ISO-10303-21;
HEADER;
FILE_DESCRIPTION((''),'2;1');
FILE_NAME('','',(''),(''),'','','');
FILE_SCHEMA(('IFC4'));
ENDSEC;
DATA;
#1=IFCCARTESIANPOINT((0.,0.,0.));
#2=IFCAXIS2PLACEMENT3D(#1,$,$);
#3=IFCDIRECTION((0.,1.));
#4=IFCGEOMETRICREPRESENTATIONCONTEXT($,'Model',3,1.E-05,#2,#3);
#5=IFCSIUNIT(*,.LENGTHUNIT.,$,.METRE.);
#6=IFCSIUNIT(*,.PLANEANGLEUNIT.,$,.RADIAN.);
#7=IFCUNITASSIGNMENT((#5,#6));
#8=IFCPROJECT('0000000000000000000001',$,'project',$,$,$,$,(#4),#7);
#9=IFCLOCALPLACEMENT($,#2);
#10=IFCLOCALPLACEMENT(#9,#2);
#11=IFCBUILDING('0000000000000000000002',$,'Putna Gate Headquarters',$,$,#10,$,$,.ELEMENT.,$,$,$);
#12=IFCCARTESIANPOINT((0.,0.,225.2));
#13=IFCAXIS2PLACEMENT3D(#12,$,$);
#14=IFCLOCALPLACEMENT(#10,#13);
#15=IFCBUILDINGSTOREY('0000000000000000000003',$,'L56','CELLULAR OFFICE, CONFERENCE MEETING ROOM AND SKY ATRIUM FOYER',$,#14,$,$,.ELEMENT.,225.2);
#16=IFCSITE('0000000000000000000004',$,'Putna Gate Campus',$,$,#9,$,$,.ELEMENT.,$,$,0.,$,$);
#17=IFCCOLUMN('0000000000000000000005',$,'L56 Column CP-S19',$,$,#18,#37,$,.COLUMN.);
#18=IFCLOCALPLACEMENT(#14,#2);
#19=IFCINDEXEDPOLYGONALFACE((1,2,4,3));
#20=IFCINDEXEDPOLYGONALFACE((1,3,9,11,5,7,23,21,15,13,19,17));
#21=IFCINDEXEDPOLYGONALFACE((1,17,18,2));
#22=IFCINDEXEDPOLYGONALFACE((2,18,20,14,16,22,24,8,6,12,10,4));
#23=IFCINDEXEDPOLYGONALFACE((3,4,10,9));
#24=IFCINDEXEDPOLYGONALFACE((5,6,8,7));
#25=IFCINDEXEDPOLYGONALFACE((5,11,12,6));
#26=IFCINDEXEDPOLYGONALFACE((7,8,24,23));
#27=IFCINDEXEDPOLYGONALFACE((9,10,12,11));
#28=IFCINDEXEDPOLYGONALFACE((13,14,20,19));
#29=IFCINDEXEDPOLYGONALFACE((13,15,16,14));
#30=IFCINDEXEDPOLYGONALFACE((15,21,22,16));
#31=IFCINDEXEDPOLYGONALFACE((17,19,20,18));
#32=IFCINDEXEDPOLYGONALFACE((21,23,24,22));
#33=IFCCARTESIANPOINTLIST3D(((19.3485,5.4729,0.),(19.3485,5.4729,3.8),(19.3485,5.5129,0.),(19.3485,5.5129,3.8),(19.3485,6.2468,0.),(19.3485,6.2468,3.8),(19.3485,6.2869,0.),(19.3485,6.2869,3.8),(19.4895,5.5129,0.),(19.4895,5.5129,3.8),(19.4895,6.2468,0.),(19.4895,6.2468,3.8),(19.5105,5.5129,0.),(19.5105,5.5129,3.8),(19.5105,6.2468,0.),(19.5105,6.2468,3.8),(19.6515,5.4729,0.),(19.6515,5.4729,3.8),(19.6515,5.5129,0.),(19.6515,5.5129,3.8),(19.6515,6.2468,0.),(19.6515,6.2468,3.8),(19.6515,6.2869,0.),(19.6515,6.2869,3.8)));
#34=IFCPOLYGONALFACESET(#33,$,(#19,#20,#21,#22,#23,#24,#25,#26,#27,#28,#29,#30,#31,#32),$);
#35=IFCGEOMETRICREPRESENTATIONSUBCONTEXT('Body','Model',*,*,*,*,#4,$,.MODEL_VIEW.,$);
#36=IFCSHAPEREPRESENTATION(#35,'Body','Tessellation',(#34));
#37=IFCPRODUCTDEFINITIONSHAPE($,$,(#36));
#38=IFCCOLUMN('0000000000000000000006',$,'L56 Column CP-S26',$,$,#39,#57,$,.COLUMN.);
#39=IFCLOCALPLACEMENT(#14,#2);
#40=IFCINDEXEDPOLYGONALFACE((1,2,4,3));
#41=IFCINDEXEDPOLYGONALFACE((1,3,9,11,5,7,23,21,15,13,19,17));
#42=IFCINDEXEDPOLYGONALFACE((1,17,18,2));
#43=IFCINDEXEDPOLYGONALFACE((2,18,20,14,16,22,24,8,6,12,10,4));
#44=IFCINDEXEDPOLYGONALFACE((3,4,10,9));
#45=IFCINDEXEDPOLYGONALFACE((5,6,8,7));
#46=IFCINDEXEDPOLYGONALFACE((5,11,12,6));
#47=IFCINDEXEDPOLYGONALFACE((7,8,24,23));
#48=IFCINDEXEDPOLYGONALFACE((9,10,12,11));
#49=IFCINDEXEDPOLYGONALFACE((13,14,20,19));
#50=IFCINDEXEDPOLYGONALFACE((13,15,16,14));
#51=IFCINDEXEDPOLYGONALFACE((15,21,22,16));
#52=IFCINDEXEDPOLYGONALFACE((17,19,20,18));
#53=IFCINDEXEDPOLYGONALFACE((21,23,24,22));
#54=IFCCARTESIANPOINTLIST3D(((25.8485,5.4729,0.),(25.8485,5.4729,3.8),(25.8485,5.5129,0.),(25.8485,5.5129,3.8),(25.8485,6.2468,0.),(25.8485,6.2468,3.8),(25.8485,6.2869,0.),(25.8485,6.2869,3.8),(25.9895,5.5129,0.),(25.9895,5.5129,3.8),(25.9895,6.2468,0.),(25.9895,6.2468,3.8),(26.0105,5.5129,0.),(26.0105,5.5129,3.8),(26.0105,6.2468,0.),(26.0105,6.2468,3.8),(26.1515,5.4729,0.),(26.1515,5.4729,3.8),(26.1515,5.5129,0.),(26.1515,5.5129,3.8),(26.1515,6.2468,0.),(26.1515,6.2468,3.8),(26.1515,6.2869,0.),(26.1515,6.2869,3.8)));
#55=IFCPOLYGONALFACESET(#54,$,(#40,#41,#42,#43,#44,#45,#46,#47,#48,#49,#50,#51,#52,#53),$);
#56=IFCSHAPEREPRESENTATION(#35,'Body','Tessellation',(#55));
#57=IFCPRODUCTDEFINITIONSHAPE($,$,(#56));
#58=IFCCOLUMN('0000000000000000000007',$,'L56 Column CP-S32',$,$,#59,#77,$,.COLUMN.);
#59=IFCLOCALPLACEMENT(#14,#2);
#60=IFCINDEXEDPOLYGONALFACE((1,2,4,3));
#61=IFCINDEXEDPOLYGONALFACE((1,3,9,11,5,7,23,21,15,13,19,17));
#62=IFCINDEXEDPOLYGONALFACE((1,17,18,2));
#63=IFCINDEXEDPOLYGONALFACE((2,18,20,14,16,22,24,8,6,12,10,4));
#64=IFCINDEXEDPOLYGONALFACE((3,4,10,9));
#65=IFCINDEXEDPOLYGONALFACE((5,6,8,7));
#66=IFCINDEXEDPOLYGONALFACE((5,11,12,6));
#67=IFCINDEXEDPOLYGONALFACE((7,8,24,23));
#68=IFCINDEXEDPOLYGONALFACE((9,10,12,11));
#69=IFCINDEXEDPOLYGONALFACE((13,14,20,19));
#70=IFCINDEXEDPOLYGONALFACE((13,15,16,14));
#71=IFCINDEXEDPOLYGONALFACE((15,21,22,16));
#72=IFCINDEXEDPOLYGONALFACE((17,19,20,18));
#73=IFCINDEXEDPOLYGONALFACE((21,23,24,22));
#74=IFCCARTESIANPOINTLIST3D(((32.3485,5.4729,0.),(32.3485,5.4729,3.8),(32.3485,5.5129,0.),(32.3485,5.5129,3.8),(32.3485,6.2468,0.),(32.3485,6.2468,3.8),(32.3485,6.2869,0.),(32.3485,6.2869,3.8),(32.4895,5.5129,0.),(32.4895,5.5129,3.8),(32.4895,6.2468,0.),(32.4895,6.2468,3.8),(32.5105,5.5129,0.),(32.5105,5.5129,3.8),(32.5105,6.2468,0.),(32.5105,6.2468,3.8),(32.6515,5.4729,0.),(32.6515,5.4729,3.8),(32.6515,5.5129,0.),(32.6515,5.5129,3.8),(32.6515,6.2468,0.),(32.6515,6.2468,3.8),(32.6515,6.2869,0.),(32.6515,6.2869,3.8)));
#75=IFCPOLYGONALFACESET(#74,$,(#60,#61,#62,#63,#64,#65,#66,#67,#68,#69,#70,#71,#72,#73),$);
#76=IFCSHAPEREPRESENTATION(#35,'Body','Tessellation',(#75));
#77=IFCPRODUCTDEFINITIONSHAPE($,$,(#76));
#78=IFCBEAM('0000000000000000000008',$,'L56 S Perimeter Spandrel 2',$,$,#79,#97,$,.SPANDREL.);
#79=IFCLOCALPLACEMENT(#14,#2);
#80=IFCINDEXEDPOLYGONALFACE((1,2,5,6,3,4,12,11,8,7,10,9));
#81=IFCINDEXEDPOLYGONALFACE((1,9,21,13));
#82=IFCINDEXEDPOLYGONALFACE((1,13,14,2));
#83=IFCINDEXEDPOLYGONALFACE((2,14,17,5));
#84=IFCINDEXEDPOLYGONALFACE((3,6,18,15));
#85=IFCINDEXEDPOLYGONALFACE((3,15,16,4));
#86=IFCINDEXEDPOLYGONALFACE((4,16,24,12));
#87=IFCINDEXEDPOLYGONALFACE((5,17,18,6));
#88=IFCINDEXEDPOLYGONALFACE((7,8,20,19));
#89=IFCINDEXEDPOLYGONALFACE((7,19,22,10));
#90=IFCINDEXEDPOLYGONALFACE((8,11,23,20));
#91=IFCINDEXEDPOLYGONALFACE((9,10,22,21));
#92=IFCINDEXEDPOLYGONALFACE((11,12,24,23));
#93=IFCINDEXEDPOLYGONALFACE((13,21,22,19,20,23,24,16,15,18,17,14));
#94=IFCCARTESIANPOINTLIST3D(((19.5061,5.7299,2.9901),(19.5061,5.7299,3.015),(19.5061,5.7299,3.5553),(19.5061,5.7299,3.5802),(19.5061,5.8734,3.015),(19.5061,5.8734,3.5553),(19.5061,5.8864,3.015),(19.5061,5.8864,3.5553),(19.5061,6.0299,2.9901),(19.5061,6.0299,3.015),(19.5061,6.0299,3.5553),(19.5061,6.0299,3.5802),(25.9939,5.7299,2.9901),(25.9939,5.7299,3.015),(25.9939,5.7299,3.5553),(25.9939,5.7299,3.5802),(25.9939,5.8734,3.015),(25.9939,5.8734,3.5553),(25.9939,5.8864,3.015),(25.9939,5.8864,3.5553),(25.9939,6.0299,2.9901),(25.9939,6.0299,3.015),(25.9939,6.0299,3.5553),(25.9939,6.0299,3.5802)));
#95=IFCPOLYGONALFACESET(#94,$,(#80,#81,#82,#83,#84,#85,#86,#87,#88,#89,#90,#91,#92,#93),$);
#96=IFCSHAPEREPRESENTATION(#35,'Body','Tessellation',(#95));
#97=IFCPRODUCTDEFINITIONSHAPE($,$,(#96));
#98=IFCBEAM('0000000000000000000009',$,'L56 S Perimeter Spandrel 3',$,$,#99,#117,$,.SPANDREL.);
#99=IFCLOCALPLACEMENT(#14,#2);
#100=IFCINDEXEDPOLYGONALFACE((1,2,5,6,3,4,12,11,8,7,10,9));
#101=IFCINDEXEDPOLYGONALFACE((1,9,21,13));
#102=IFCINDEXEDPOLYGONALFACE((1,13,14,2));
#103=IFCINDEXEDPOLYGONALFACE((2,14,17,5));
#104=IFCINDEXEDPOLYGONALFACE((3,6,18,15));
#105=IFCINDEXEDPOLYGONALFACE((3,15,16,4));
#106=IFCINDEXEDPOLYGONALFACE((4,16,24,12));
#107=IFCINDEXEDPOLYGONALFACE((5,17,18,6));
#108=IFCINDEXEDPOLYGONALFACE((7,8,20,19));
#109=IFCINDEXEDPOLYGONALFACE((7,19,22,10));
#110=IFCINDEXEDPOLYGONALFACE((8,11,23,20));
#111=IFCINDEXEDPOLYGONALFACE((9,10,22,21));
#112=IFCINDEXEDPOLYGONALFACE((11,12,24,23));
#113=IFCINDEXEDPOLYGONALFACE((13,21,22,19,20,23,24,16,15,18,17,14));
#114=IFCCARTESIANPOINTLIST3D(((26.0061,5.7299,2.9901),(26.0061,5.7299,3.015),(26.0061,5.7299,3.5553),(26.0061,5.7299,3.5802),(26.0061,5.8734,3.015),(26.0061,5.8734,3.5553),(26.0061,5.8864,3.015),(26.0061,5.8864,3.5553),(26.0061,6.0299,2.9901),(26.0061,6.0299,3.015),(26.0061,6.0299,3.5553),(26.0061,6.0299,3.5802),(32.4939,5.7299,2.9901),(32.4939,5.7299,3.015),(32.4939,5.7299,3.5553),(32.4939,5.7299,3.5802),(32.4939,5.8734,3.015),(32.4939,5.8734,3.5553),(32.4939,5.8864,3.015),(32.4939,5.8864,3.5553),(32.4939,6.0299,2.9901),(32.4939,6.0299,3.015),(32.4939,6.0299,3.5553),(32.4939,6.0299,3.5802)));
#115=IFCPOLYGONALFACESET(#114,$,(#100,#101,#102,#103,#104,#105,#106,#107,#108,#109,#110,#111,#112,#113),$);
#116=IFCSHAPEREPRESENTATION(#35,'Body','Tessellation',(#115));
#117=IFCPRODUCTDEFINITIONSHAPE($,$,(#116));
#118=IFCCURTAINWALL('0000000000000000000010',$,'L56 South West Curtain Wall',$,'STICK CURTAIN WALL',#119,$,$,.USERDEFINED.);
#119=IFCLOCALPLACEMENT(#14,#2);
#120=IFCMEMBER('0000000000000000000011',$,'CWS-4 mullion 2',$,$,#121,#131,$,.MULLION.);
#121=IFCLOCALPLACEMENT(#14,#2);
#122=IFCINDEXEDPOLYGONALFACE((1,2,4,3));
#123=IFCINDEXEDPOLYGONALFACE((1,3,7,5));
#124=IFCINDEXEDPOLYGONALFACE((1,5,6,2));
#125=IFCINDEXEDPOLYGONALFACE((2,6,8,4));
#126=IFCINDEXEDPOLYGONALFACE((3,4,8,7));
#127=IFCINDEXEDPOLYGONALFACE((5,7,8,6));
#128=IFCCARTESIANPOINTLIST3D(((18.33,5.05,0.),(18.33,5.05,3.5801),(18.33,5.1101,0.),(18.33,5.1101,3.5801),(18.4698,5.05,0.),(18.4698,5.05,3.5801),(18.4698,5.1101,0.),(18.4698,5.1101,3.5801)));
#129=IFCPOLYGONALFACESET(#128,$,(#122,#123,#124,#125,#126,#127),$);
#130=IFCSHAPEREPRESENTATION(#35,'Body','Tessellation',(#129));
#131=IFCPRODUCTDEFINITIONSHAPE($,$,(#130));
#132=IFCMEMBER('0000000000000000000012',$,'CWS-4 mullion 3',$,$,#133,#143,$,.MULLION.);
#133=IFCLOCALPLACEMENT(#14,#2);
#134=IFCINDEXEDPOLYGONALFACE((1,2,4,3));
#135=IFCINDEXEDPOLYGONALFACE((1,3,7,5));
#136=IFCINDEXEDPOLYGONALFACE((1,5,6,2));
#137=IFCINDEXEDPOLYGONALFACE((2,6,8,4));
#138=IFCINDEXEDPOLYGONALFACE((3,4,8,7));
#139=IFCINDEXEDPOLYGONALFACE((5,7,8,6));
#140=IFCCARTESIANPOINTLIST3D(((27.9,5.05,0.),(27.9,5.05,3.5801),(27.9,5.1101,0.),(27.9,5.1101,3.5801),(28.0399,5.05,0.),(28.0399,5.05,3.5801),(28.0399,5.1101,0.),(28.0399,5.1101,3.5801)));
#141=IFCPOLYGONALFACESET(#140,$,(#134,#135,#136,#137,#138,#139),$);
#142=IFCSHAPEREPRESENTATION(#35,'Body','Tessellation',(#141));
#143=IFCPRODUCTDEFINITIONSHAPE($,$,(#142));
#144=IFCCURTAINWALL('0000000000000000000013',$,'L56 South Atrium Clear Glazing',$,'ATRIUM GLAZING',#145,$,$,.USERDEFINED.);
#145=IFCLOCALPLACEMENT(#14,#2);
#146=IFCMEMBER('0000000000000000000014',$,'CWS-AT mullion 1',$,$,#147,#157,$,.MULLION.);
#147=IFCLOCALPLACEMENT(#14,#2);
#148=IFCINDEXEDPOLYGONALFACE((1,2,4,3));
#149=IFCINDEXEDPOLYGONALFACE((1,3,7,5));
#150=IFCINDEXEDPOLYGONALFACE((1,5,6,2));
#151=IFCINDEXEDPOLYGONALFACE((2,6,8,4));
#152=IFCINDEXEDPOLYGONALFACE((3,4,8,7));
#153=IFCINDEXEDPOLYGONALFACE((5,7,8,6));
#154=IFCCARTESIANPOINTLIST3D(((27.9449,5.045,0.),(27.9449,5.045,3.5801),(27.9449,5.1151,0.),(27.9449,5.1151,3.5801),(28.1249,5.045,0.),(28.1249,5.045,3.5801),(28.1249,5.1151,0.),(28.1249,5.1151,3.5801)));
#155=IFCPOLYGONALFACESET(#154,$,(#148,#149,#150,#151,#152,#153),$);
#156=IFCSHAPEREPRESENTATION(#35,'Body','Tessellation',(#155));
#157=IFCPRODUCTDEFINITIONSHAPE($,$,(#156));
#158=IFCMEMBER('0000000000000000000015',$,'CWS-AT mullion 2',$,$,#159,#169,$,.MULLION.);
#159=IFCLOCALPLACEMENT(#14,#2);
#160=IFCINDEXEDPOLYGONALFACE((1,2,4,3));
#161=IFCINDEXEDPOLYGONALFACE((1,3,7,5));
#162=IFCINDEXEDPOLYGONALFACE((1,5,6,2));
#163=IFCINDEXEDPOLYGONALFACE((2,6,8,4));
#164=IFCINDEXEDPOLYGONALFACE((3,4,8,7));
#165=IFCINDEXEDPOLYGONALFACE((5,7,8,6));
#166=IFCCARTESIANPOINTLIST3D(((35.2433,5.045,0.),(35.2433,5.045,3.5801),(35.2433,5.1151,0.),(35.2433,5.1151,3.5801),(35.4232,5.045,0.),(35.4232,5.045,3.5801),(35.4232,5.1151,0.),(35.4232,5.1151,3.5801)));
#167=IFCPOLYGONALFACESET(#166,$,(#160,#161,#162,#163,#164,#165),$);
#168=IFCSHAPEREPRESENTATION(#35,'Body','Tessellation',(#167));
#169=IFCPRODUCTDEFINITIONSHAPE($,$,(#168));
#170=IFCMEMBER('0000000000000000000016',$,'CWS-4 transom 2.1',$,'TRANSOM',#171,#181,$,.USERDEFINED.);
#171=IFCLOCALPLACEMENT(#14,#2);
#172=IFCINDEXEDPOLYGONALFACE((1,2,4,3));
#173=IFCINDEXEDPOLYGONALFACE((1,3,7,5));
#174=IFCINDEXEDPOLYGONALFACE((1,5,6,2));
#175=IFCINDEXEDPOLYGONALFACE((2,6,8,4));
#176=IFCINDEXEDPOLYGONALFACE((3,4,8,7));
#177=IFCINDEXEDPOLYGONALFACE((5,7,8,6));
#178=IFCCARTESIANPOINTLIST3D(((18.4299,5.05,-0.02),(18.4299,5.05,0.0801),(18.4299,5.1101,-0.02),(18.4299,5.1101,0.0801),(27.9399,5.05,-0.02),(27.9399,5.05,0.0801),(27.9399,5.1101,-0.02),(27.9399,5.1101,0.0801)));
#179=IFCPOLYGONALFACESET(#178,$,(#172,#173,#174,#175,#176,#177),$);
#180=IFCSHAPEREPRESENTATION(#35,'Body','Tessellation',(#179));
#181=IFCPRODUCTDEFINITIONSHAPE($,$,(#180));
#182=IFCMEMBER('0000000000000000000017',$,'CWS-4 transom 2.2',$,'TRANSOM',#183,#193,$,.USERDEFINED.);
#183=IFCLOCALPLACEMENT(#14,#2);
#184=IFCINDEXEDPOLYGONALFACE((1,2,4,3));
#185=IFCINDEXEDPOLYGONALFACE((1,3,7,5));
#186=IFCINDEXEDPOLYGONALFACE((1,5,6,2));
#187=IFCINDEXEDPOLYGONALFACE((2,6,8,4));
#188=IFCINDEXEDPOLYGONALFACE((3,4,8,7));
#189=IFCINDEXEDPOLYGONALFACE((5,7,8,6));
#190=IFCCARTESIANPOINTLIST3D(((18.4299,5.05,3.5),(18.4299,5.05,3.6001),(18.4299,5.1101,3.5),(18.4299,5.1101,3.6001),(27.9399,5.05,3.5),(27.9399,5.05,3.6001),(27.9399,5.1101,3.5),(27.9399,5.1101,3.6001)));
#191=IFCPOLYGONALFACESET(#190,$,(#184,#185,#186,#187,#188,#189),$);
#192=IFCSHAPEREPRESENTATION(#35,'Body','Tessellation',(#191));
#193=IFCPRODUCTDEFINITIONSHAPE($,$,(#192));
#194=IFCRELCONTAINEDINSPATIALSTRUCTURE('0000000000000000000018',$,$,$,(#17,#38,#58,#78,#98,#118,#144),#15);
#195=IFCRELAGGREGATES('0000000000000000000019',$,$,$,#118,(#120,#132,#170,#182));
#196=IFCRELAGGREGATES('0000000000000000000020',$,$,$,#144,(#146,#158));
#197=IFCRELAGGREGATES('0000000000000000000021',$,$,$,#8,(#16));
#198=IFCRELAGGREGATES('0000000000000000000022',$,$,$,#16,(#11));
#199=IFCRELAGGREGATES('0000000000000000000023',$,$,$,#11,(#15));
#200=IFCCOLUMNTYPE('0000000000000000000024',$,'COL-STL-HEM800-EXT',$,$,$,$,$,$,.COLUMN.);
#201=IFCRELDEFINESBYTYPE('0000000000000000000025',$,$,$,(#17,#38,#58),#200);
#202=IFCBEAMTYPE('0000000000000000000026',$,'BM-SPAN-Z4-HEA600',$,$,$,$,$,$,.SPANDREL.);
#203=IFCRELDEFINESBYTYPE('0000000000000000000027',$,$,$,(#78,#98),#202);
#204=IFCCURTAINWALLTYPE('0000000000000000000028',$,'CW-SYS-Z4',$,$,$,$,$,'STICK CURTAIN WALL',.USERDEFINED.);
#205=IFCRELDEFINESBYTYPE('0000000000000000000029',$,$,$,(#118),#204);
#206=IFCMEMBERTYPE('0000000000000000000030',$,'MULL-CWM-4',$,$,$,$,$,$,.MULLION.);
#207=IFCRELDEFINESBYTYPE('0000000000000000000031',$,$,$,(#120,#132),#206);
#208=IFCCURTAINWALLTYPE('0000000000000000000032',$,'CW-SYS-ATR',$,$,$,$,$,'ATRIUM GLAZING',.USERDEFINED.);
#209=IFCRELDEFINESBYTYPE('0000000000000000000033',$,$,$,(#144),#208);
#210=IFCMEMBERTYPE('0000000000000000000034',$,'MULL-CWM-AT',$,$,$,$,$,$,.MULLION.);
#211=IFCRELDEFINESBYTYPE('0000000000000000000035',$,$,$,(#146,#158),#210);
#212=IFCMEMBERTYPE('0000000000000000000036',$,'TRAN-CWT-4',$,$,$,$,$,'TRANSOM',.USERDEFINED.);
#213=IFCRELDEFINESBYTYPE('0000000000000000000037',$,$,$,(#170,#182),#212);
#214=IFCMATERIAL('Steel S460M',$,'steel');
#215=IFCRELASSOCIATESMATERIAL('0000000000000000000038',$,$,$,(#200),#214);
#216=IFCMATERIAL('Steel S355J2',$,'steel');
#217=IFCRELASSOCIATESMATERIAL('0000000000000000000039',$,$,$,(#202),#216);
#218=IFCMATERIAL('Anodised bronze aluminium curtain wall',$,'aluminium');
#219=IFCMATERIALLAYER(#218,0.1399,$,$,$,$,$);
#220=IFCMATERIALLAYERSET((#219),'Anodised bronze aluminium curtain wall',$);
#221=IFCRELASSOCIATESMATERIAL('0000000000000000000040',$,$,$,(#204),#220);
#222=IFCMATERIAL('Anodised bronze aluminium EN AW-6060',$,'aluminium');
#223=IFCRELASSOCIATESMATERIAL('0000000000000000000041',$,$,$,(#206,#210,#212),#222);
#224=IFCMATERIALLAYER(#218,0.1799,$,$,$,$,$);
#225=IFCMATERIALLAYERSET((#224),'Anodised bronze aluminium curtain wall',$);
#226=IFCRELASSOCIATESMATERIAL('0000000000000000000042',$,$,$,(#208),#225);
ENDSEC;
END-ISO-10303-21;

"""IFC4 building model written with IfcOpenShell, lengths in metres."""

from ifc_helpers import new_model, si_unit, direction, frame, origin, origin_2d, place, context, subcontext, project, spatial, rectangle, i_section, extrude, material, layer, layer_set, material_profile, profile_set, type_object, element, aggregate, save


model = new_model("IFC4")

# Units and contexts
model_context = context("Model", 3, precision=1e-05, world=origin(), true_north=direction((0.0, 1.0)))
body_context = subcontext(model_context, "Body", "Model", "MODEL_VIEW")
ifc_project = project(units=[si_unit("LENGTHUNIT", "METRE"), si_unit("PLANEANGLEUNIT", "RADIAN")], contexts=[model_context])

# Site, building, storey
site_placement = place(None, origin())
site = spatial("IfcSite", under=ifc_project, at=site_placement, Name="Putna Gate Campus", CompositionType="ELEMENT", RefElevation=0.0)
building_placement = place(site_placement, origin())
building = spatial("IfcBuilding", under=site, at=building_placement, Name="Putna Gate Headquarters", CompositionType="ELEMENT")
storey_placement = place(building_placement, frame((0.0, 0.0, 225.2)))
storey = spatial("IfcBuildingStorey", under=building, at=storey_placement, Name="L56", Description="CELLULAR OFFICE, CONFERENCE MEETING ROOM AND SKY ATRIUM FOYER", CompositionType="ELEMENT", Elevation=225.2)

# Columns
ifc_material_1 = material(Name="Steel S460M", Category="steel")
ifc_material_profile_1 = material_profile(ifc_material_1, i_section(OverallWidth=0.303, OverallDepth=0.814, WebThickness=0.021, FlangeThickness=0.04, at=origin_2d()), Name="Steel S460M")
ifc_profile_set_1 = profile_set([ifc_material_profile_1], Name="Steel S460M")
column_type = type_object("IfcColumnType", Name="COL-STL-HEM800-EXT", PredefinedType="COLUMN", material=ifc_profile_set_1)
for number, where, z_axis, x_axis, name in (
    (1, (19.5, 5.8799, 0.0), (0.0, 0.0, 1.0), (1.0, 0.0, 0.0), "L56 Column CP-S19"),
    (2, (26.0, 5.8799, 0.0), (0.0, 0.0, 1.0), (1.0, 0.0, 0.0), "L56 Column CP-S26"),
    (3, (32.5, 5.8799, 0.0), (0.0, 0.0, 1.0), (1.0, 0.0, 0.0), "L56 Column CP-S32"),
):
    element("IfcColumn", number, at=place(storey_placement, frame(where, z_axis=z_axis, x_axis=x_axis)), inside=storey, type_object=column_type, Name=name, PredefinedType="COLUMN", context=body_context, shape_type="SweptSolid", body=[
        extrude(i_section(OverallWidth=0.303, OverallDepth=0.814, WebThickness=0.021, FlangeThickness=0.04, at=origin_2d()), origin(), (0.0, 0.0, 1.0), 3.8),
    ])

# Beams
ifc_material_2 = material(Name="Steel S355J2", Category="steel")
ifc_material_profile_2 = material_profile(ifc_material_2, i_section(OverallWidth=0.3, OverallDepth=0.5901, WebThickness=0.0129, FlangeThickness=0.0249, at=origin_2d()), Name="Steel S355J2")
ifc_profile_set_2 = profile_set([ifc_material_profile_2], Name="Steel S355J2")
beam_type = type_object("IfcBeamType", Name="BM-SPAN-Z4-HEA600", PredefinedType="SPANDREL", material=ifc_profile_set_2)
for number, where, z_axis, x_axis, name in (
    (4, (19.5061, 5.8799, 3.2852), (1.0, 0.0, 0.0), (0.0, 1.0, 0.0), "L56 S Perimeter Spandrel 2"),
    (5, (26.0061, 5.8799, 3.2852), (1.0, 0.0, 0.0), (0.0, 1.0, 0.0), "L56 S Perimeter Spandrel 3"),
):
    element("IfcBeam", number, at=place(storey_placement, frame(where, z_axis=z_axis, x_axis=x_axis)), inside=storey, type_object=beam_type, Name=name, PredefinedType="SPANDREL", context=body_context, shape_type="SweptSolid", body=[
        extrude(i_section(OverallWidth=0.3, OverallDepth=0.5901, WebThickness=0.0129, FlangeThickness=0.0249, at=origin_2d()), origin(), (0.0, 0.0, 1.0), 6.4878),
    ])

# Curtain walls, members
ifc_material_3 = material(Name="Anodised bronze aluminium curtain wall", Category="aluminium")
ifc_layer_1 = layer(ifc_material_3, 0.1399)
ifc_layer_set_1 = layer_set([ifc_layer_1], Name="Anodised bronze aluminium curtain wall")
curtain_wall_type_1 = type_object("IfcCurtainWallType", Name="CW-SYS-Z4", ElementType="STICK CURTAIN WALL", PredefinedType="USERDEFINED", material=ifc_layer_set_1)
curtain_wall_1_placement = place(storey_placement, origin())
curtain_wall_1 = element("IfcCurtainWall", 6, at=curtain_wall_1_placement, inside=storey, type_object=curtain_wall_type_1, Name="L56 South West Curtain Wall", ObjectType="STICK CURTAIN WALL", PredefinedType="USERDEFINED")
ifc_material_4 = material(Name="Anodised bronze aluminium EN AW-6060", Category="aluminium")
ifc_material_profile_3 = material_profile(ifc_material_4, rectangle(XDim=0.0601, YDim=0.1399, at=origin_2d()), Name="Anodised bronze aluminium EN AW-6060")
ifc_profile_set_3 = profile_set([ifc_material_profile_3], Name="Anodised bronze aluminium EN AW-6060")
member_type_1 = type_object("IfcMemberType", Name="MULL-CWM-4", PredefinedType="MULLION", material=ifc_profile_set_3)
member_1_placement = place(storey_placement, frame((18.3999, 5.0801, 0.0), z_axis=(0.0, 0.0, 1.0), x_axis=(0.0, 1.0, 0.0)))
member_1 = element("IfcMember", 7, at=member_1_placement, type_object=member_type_1, Name="CWS-4 mullion 2", PredefinedType="MULLION", context=body_context, shape_type="SweptSolid", body=[
    extrude(rectangle(XDim=0.0601, YDim=0.1399, at=origin_2d()), origin(), (0.0, 0.0, 1.0), 3.5801),
])
member_2_placement = place(storey_placement, frame((27.97, 5.0801, 0.0), z_axis=(0.0, 0.0, 1.0), x_axis=(0.0, 1.0, 0.0)))
member_2 = element("IfcMember", 8, at=member_2_placement, type_object=member_type_1, Name="CWS-4 mullion 3", PredefinedType="MULLION", context=body_context, shape_type="SweptSolid", body=[
    extrude(rectangle(XDim=0.0601, YDim=0.1399, at=origin_2d()), origin(), (0.0, 0.0, 1.0), 3.5801),
])
ifc_layer_2 = layer(ifc_material_3, 0.1799)
ifc_layer_set_2 = layer_set([ifc_layer_2], Name="Anodised bronze aluminium curtain wall")
curtain_wall_type_2 = type_object("IfcCurtainWallType", Name="CW-SYS-ATR", ElementType="ATRIUM GLAZING", PredefinedType="USERDEFINED", material=ifc_layer_set_2)
curtain_wall_2_placement = place(storey_placement, origin())
curtain_wall_2 = element("IfcCurtainWall", 9, at=curtain_wall_2_placement, inside=storey, type_object=curtain_wall_type_2, Name="L56 South Atrium Clear Glazing", ObjectType="ATRIUM GLAZING", PredefinedType="USERDEFINED")
ifc_material_profile_4 = material_profile(ifc_material_4, rectangle(XDim=0.0701, YDim=0.1799, at=origin_2d()), Name="Anodised bronze aluminium EN AW-6060")
ifc_profile_set_4 = profile_set([ifc_material_profile_4], Name="Anodised bronze aluminium EN AW-6060")
member_type_2 = type_object("IfcMemberType", Name="MULL-CWM-AT", PredefinedType="MULLION", material=ifc_profile_set_4)
member_3_placement = place(storey_placement, frame((28.0349, 5.0801, 0.0), z_axis=(0.0, 0.0, 1.0), x_axis=(0.0, 1.0, 0.0)))
member_3 = element("IfcMember", 10, at=member_3_placement, type_object=member_type_2, Name="CWS-AT mullion 1", PredefinedType="MULLION", context=body_context, shape_type="SweptSolid", body=[
    extrude(rectangle(XDim=0.0701, YDim=0.1799, at=origin_2d()), origin(), (0.0, 0.0, 1.0), 3.5801),
])
member_4_placement = place(storey_placement, frame((35.3333, 5.0801, 0.0), z_axis=(0.0, 0.0, 1.0), x_axis=(0.0, 1.0, 0.0)))
member_4 = element("IfcMember", 11, at=member_4_placement, type_object=member_type_2, Name="CWS-AT mullion 2", PredefinedType="MULLION", context=body_context, shape_type="SweptSolid", body=[
    extrude(rectangle(XDim=0.0701, YDim=0.1799, at=origin_2d()), origin(), (0.0, 0.0, 1.0), 3.5801),
])

# Members
ifc_material_profile_5 = material_profile(ifc_material_4, rectangle(XDim=0.0601, YDim=0.1001, at=origin_2d()), Name="Anodised bronze aluminium EN AW-6060")
ifc_profile_set_5 = profile_set([ifc_material_profile_5], Name="Anodised bronze aluminium EN AW-6060")
member_type_3 = type_object("IfcMemberType", Name="TRAN-CWT-4", ElementType="TRANSOM", PredefinedType="USERDEFINED", material=ifc_profile_set_5)
member_5_placement = place(storey_placement, frame((18.4299, 5.0801, 0.03), z_axis=(1.0, 0.0, 0.0), x_axis=(0.0, 1.0, 0.0)))
member_5 = element("IfcMember", 12, at=member_5_placement, type_object=member_type_3, Name="CWS-4 transom 2.1", ObjectType="TRANSOM", PredefinedType="USERDEFINED", context=body_context, shape_type="SweptSolid", body=[
    extrude(rectangle(XDim=0.0601, YDim=0.1001, at=origin_2d()), origin(), (0.0, 0.0, 1.0), 9.51),
])
member_6_placement = place(storey_placement, frame((18.4299, 5.0801, 3.55), z_axis=(1.0, 0.0, 0.0), x_axis=(0.0, 1.0, 0.0)))
member_6 = element("IfcMember", 13, at=member_6_placement, type_object=member_type_3, Name="CWS-4 transom 2.2", ObjectType="TRANSOM", PredefinedType="USERDEFINED", context=body_context, shape_type="SweptSolid", body=[
    extrude(rectangle(XDim=0.0601, YDim=0.1001, at=origin_2d()), origin(), (0.0, 0.0, 1.0), 9.51),
])

aggregate(curtain_wall_1, [member_1, member_2, member_5, member_6])
aggregate(curtain_wall_2, [member_3, member_4])

save(model, "model.ifc")
